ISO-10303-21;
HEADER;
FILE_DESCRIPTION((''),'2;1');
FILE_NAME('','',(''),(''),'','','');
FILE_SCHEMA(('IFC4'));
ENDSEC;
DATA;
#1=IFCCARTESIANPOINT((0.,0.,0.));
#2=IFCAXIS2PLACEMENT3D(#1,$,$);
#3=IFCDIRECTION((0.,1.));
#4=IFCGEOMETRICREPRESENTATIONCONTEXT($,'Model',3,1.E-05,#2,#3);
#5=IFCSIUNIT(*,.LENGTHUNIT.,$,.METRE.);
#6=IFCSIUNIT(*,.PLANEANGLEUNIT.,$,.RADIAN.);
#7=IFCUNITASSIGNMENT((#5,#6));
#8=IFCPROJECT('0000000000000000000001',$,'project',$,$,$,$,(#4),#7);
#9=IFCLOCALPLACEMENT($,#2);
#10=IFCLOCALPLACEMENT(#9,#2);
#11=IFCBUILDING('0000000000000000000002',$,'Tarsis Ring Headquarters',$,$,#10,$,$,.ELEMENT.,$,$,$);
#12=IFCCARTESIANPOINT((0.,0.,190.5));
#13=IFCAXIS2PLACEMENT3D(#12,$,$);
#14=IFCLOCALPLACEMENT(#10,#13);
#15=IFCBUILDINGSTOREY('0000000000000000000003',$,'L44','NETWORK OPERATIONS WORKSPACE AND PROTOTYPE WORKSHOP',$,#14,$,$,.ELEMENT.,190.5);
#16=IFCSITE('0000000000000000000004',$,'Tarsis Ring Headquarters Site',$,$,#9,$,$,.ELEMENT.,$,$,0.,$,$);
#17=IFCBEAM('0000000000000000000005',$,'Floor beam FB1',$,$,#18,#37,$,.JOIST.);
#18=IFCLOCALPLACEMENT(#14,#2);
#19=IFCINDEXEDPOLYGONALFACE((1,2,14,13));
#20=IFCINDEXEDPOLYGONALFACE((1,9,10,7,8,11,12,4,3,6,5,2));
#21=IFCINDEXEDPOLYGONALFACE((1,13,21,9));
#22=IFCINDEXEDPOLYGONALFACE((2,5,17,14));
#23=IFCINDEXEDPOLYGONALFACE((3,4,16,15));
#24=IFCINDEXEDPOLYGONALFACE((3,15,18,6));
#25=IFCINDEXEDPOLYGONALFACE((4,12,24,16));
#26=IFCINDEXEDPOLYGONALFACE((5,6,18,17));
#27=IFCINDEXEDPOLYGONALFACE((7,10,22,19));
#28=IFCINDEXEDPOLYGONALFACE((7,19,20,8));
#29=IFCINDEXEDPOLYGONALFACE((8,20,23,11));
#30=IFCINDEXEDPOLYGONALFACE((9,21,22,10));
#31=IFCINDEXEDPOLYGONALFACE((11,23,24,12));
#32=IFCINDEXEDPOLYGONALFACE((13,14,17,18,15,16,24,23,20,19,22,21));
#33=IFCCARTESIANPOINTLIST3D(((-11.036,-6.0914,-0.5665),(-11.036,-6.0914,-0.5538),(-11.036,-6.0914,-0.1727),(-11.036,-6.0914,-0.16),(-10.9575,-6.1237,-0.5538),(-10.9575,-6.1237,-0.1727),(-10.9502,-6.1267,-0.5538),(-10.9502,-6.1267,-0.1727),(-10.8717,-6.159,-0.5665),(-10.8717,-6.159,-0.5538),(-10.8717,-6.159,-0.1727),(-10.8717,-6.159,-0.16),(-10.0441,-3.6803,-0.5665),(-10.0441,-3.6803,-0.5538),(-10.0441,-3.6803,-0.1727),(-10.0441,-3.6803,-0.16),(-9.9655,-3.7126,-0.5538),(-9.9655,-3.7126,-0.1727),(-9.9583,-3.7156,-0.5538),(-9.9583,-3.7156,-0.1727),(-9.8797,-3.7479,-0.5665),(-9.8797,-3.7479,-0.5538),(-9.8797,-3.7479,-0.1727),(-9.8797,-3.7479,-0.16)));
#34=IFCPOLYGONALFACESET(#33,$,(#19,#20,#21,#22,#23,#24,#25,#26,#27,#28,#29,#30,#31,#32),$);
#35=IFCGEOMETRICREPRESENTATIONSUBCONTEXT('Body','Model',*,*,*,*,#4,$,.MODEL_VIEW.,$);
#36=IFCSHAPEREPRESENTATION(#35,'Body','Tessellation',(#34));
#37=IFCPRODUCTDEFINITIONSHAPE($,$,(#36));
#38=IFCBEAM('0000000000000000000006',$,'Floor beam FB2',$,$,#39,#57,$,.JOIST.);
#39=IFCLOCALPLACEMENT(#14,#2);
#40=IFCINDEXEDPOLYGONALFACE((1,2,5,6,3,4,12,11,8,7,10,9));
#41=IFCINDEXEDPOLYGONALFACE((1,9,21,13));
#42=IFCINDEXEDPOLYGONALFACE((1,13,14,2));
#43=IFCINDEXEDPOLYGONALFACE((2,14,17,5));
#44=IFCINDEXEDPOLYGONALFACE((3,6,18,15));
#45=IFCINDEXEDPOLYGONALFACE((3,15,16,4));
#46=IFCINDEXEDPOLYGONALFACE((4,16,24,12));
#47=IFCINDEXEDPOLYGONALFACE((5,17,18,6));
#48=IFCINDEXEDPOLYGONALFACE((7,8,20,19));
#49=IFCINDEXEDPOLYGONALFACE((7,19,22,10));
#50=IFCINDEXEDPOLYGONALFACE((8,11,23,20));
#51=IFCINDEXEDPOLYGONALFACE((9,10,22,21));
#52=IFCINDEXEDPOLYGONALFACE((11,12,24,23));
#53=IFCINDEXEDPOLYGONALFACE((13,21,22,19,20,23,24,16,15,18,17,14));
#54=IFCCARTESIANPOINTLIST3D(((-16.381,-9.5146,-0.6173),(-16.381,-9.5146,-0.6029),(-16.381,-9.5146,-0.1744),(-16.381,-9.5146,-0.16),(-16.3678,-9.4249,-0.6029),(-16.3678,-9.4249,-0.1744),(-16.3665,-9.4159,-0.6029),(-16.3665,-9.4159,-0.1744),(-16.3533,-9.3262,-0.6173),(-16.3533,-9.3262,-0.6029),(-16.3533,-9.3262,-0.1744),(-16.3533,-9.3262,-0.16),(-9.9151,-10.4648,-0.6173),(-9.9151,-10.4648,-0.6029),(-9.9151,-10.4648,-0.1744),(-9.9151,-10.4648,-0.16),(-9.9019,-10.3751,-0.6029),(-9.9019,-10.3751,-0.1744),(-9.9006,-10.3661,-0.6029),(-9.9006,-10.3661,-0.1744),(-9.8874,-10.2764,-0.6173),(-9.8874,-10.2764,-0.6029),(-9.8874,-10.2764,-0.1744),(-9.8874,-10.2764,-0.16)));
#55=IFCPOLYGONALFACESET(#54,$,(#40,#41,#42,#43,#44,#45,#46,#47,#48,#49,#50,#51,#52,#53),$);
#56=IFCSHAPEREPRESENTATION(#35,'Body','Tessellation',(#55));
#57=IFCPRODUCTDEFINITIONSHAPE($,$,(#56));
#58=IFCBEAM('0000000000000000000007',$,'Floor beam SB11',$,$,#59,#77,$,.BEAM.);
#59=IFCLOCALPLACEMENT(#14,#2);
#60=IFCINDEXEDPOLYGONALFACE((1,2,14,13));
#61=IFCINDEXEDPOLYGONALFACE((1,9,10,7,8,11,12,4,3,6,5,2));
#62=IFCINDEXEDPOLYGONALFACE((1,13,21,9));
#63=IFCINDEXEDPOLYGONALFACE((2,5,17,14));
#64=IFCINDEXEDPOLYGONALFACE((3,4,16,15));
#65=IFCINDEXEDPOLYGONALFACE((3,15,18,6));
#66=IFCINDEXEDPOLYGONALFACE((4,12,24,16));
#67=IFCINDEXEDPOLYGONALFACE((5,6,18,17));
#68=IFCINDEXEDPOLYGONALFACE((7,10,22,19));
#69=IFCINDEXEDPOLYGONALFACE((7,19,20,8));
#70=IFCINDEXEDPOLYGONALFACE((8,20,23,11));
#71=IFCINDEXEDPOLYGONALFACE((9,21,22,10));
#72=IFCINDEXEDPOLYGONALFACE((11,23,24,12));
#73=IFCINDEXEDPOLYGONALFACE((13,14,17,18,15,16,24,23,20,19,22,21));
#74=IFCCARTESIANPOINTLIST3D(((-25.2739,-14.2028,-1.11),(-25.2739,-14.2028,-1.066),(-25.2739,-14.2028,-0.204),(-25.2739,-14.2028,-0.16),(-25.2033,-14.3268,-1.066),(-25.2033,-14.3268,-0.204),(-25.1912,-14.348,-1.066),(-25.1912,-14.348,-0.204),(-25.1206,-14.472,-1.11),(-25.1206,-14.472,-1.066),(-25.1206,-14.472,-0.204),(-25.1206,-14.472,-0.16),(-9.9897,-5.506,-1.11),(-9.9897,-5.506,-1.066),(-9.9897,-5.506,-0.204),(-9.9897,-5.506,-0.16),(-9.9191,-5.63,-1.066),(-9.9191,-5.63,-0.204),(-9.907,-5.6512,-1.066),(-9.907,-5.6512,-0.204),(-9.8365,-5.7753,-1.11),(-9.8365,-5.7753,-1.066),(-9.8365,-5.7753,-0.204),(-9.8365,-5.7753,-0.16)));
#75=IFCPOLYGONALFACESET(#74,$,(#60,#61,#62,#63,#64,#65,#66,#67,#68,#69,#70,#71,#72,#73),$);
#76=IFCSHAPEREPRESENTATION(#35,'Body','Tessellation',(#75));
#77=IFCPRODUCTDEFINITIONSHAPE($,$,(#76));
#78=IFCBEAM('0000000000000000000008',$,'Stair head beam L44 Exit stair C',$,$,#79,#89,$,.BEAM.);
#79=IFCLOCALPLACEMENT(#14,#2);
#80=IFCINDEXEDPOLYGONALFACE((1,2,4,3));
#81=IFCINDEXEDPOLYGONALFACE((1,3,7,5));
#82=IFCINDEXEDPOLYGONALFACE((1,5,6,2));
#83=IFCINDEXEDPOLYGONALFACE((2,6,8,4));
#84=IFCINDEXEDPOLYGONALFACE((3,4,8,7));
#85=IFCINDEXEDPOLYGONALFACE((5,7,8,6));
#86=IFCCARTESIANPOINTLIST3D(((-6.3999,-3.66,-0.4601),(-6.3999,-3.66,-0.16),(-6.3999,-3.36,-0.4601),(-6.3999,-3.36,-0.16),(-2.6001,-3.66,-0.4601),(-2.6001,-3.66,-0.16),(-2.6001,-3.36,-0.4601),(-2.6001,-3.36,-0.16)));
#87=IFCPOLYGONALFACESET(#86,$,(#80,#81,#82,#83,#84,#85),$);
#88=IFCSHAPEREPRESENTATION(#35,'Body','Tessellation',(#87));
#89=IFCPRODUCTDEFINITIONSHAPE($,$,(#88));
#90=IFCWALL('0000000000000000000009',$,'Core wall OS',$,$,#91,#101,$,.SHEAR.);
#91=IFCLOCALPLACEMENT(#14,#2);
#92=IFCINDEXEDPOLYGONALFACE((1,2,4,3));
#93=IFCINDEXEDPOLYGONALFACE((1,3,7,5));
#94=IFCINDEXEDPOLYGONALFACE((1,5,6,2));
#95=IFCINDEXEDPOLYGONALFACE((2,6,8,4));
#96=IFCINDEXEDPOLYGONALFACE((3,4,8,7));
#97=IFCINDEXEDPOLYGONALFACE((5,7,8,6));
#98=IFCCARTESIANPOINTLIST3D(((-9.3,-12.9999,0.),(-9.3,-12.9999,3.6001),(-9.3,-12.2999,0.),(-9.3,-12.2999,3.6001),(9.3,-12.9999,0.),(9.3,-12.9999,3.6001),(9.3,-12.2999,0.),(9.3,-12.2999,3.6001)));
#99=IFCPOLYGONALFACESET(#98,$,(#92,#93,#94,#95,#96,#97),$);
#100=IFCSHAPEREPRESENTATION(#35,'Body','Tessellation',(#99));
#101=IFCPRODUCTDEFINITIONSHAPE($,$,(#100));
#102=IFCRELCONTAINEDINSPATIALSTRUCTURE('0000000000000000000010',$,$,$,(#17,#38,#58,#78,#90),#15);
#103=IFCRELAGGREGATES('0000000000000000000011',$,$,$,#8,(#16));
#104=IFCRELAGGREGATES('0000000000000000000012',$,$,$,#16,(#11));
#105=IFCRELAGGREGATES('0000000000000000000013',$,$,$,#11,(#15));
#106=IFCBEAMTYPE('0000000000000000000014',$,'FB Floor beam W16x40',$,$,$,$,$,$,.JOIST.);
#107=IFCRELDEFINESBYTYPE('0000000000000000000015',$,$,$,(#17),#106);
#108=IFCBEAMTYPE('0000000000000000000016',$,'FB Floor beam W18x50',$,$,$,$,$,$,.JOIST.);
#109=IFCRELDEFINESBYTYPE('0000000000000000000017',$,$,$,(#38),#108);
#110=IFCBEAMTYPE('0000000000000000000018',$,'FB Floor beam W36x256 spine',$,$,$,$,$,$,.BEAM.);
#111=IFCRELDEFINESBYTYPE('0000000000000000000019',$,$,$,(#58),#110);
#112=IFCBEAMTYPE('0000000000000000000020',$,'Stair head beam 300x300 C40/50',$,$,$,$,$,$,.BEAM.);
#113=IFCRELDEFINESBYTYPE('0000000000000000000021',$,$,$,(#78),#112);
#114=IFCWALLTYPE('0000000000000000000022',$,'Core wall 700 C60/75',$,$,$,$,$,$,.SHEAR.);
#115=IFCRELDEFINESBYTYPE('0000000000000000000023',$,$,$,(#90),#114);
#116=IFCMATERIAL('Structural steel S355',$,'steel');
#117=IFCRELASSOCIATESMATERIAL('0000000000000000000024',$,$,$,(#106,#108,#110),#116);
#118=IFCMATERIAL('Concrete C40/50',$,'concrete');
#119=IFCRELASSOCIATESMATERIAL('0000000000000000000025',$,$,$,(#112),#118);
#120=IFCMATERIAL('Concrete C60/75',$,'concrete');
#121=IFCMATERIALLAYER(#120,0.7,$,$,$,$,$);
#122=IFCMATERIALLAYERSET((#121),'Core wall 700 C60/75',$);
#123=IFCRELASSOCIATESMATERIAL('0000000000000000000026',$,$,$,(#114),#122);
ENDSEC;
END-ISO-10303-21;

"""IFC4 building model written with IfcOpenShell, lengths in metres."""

from ifc_helpers import new_model, si_unit, direction, frame, frame_2d, origin, origin_2d, place, context, subcontext, project, spatial, rectangle, i_section, extrude, material, layer, layer_set, material_profile, profile_set, type_object, element, save


model = new_model("IFC4")

# Units and contexts
model_context = context("Model", 3, precision=1e-05, world=origin(), true_north=direction((0.0, 1.0)))
body_context = subcontext(model_context, "Body", "Model", "MODEL_VIEW")
ifc_project = project(units=[si_unit("LENGTHUNIT", "METRE"), si_unit("PLANEANGLEUNIT", "RADIAN")], contexts=[model_context])

# Site, building, storey
site_placement = place(None, origin())
site = spatial("IfcSite", under=ifc_project, at=site_placement, Name="Tarsis Ring Headquarters Site", CompositionType="ELEMENT", RefElevation=0.0)
building_placement = place(site_placement, origin())
building = spatial("IfcBuilding", under=site, at=building_placement, Name="Tarsis Ring Headquarters", CompositionType="ELEMENT")
storey_placement = place(building_placement, frame((0.0, 0.0, 190.5)))
storey = spatial("IfcBuildingStorey", under=building, at=storey_placement, Name="L44", Description="NETWORK OPERATIONS WORKSPACE AND PROTOTYPE WORKSHOP", CompositionType="ELEMENT", Elevation=190.5)

# Beams
ifc_material_1 = material(Name="Structural steel S355", Category="steel")
ifc_material_profile_1 = material_profile(ifc_material_1, i_section(OverallWidth=0.1777, OverallDepth=0.4065, WebThickness=0.0078, FlangeThickness=0.0127, at=origin_2d()), Name="W16x40")
ifc_profile_set_1 = profile_set([ifc_material_profile_1], Name="Structural steel S355")
beam_type_1 = type_object("IfcBeamType", Name="FB Floor beam W16x40", PredefinedType="JOIST", material=ifc_profile_set_1)
beam_1_placement = place(storey_placement, frame((-9.9619, -3.7141, -0.3633), z_axis=(-0.380462, -0.924796, 0.0), x_axis=(0.924796, -0.380462, 0.0)))
element("IfcBeam", 1, at=beam_1_placement, inside=storey, type_object=beam_type_1, Name="Floor beam FB1", PredefinedType="JOIST", context=body_context, shape_type="SweptSolid", body=[
    extrude(i_section(OverallWidth=0.1777, OverallDepth=0.4065, WebThickness=0.0078, FlangeThickness=0.0127, at=origin_2d()), origin(), (0.0, 0.0, 1.0), 2.6072),
])
ifc_material_profile_2 = material_profile(ifc_material_1, i_section(OverallWidth=0.1904, OverallDepth=0.4573, WebThickness=0.009, FlangeThickness=0.0144, at=origin_2d()), Name="W18x50")
ifc_profile_set_2 = profile_set([ifc_material_profile_2], Name="Structural steel S355")
beam_type_2 = type_object("IfcBeamType", Name="FB Floor beam W18x50", PredefinedType="JOIST", material=ifc_profile_set_2)
beam_2_placement = place(storey_placement, frame((-16.3672, -9.4204, -0.3887), z_axis=(0.989374, -0.14539, 0.0), x_axis=(0.14539, 0.989374, 0.0)))
element("IfcBeam", 2, at=beam_2_placement, inside=storey, type_object=beam_type_2, Name="Floor beam FB2", PredefinedType="JOIST", context=body_context, shape_type="SweptSolid", body=[
    extrude(i_section(OverallWidth=0.1904, OverallDepth=0.4573, WebThickness=0.009, FlangeThickness=0.0144, at=origin_2d()), origin(), (0.0, 0.0, 1.0), 6.5354),
])
ifc_material_profile_3 = material_profile(ifc_material_1, i_section(OverallWidth=0.3098, OverallDepth=0.95, WebThickness=0.0244, FlangeThickness=0.0439, at=origin_2d()), Name="W36x256")
ifc_profile_set_3 = profile_set([ifc_material_profile_3], Name="Structural steel S355")
beam_type_3 = type_object("IfcBeamType", Name="FB Floor beam W36x256 spine", PredefinedType="BEAM", material=ifc_profile_set_3)
beam_3_placement = place(storey_placement, frame((-9.9131, -5.6406, -0.635), z_axis=(-0.869149, -0.49455, 0.0), x_axis=(0.49455, -0.869149, 0.0)))
element("IfcBeam", 3, at=beam_3_placement, inside=storey, type_object=beam_type_3, Name="Floor beam SB11", PredefinedType="BEAM", context=body_context, shape_type="SweptSolid", body=[
    extrude(i_section(OverallWidth=0.3098, OverallDepth=0.95, WebThickness=0.0244, FlangeThickness=0.0439, at=origin_2d()), origin(), (0.0, 0.0, 1.0), 17.5852),
])
ifc_material_2 = material(Name="Concrete C40/50", Category="concrete")
ifc_material_profile_4 = material_profile(ifc_material_2, rectangle(XDim=0.3, YDim=0.3, at=origin_2d()), Name="Stair head beam 300x300 C40/50")
ifc_profile_set_4 = profile_set([ifc_material_profile_4], Name="Concrete C40/50")
beam_type_4 = type_object("IfcBeamType", Name="Stair head beam 300x300 C40/50", PredefinedType="BEAM", material=ifc_profile_set_4)
beam_4_placement = place(storey_placement, frame((-6.3999, -3.51, -0.3101), z_axis=(1.0, 0.0, 0.0), x_axis=(0.0, 1.0, 0.0)))
element("IfcBeam", 4, at=beam_4_placement, inside=storey, type_object=beam_type_4, Name="Stair head beam L44 Exit stair C", PredefinedType="BEAM", context=body_context, shape_type="SweptSolid", body=[
    extrude(rectangle(XDim=0.3, YDim=0.3, at=origin_2d()), origin(), (0.0, 0.0, 1.0), 3.7998),
])

# Wall
ifc_material_3 = material(Name="Concrete C60/75", Category="concrete")
ifc_layer_1 = layer(ifc_material_3, 0.7)
ifc_layer_set_1 = layer_set([ifc_layer_1], Name="Core wall 700 C60/75")
wall_type_1 = type_object("IfcWallType", Name="Core wall 700 C60/75", PredefinedType="SHEAR", material=ifc_layer_set_1)
wall_1_placement = place(storey_placement, frame((-9.3, -12.6499, 0.0), z_axis=(0.0, 0.0, 1.0), x_axis=(1.0, 0.0, 0.0)))
element("IfcWall", 5, at=wall_1_placement, inside=storey, type_object=wall_type_1, Name="Core wall OS", PredefinedType="SHEAR", context=body_context, shape_type="SweptSolid", body=[
    extrude(rectangle(XDim=18.6001, YDim=0.7, at=frame_2d((9.3, 0.0))), origin(), (0.0, 0.0, 1.0), 3.6001),
])

save(model, "model.ifc")
